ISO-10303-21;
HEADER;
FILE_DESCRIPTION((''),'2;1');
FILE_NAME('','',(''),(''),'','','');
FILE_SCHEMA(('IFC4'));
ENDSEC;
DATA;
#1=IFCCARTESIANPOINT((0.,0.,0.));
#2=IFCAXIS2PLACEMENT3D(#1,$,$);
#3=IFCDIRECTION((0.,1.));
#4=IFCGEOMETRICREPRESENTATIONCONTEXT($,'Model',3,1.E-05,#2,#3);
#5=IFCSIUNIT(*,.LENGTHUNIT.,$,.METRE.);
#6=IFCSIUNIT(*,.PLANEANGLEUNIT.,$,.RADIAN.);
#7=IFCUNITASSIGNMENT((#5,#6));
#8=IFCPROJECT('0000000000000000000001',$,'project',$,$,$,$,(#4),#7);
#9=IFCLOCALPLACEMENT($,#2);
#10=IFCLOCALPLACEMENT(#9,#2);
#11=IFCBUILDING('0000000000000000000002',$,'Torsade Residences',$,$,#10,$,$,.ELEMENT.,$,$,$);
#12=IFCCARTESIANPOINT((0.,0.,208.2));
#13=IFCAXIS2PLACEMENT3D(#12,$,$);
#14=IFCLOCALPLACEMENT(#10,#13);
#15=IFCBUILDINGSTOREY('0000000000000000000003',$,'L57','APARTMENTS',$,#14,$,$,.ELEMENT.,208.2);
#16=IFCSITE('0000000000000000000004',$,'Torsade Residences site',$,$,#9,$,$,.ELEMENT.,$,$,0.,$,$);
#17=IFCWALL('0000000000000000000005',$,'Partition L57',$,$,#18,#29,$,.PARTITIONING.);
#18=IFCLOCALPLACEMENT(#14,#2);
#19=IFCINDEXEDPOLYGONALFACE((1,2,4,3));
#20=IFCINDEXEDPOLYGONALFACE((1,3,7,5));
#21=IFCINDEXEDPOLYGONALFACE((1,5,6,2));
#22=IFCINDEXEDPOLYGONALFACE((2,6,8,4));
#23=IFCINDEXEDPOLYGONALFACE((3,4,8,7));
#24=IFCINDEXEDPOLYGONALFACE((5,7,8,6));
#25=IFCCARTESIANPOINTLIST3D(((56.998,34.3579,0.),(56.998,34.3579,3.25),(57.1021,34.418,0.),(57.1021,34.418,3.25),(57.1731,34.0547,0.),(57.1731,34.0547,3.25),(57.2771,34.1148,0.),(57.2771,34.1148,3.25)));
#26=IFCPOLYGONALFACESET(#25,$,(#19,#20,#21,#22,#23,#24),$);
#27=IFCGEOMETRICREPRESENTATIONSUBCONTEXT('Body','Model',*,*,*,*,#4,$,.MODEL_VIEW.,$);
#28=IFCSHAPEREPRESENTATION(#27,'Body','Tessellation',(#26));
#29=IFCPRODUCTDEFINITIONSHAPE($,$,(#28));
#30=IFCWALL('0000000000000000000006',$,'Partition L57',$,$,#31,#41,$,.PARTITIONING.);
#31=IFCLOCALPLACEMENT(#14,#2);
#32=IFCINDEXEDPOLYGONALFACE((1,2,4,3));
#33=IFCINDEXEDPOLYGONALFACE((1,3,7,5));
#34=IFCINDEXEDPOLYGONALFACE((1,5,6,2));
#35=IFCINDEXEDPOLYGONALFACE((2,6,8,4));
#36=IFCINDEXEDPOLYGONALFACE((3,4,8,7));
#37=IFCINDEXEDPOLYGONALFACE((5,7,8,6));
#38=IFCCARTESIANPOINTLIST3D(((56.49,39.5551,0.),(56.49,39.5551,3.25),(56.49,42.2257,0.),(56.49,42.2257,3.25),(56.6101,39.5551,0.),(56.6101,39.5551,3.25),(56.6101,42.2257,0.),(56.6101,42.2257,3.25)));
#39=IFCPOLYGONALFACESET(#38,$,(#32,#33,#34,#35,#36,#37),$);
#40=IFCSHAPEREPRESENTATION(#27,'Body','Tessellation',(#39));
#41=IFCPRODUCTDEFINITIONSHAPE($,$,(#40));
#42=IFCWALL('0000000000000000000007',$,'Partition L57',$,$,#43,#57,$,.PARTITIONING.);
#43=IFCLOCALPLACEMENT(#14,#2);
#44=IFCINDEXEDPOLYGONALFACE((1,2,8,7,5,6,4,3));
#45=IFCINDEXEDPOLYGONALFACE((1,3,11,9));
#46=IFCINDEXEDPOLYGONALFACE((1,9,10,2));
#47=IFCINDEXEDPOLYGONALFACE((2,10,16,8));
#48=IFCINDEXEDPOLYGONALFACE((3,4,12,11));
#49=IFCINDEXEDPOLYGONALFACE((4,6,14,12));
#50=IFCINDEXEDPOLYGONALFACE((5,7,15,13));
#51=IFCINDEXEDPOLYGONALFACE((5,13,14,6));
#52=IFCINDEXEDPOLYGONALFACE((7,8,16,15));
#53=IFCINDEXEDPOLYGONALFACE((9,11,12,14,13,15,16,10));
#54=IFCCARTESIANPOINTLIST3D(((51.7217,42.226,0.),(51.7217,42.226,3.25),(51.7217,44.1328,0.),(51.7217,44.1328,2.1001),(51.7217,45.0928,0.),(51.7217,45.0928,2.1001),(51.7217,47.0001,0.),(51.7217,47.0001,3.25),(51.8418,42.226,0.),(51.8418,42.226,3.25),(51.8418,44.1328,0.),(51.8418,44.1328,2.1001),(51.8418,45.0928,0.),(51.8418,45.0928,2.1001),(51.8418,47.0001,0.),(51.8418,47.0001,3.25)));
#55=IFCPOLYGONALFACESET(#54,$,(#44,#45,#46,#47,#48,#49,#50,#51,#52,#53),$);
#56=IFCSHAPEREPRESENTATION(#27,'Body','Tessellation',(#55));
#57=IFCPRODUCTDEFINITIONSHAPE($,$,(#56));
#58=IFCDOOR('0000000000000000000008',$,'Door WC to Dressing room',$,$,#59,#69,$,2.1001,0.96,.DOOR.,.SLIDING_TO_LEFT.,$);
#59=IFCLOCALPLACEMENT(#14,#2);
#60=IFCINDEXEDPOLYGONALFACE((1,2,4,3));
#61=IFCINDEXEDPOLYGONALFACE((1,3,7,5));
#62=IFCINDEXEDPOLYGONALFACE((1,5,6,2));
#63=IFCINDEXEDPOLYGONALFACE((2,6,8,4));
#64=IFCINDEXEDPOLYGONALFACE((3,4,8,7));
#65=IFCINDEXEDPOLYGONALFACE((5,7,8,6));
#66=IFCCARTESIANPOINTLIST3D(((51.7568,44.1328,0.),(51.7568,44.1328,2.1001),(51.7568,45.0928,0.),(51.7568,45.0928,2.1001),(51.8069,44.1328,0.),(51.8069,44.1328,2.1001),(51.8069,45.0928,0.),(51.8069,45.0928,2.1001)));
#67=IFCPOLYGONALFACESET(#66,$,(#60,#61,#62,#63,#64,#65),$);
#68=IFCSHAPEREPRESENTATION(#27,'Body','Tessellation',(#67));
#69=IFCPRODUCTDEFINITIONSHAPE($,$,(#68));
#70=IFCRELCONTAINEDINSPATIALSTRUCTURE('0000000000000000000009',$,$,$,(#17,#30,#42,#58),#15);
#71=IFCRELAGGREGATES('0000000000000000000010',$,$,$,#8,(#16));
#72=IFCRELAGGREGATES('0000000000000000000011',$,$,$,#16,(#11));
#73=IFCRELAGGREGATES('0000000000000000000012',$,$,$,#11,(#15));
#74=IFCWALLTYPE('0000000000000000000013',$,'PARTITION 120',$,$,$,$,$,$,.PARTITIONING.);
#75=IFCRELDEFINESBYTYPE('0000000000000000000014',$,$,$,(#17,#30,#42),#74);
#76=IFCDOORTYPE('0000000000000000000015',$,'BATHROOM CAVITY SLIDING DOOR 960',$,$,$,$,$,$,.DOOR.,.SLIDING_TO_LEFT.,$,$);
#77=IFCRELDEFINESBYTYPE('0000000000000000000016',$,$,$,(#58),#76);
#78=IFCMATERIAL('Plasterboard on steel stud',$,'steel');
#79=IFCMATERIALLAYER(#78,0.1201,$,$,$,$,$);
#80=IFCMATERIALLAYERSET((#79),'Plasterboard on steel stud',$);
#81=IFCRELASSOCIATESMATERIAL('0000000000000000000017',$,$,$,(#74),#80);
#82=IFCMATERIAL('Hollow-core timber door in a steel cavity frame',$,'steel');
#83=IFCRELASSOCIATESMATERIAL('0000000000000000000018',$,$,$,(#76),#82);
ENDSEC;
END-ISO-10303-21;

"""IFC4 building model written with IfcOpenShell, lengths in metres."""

from ifc_helpers import new_model, si_unit, direction, frame, frame_2d, origin, place, context, subcontext, project, spatial, rectangle, extrude, material, layer, layer_set, type_object, element, fill, save


model = new_model("IFC4")

# Units and contexts
model_context = context("Model", 3, precision=1e-05, world=origin(), true_north=direction((0.0, 1.0)))
body_context = subcontext(model_context, "Body", "Model", "MODEL_VIEW")
ifc_project = project(units=[si_unit("LENGTHUNIT", "METRE"), si_unit("PLANEANGLEUNIT", "RADIAN")], contexts=[model_context])

# Site, building, storey
site_placement = place(None, origin())
site = spatial("IfcSite", under=ifc_project, at=site_placement, Name="Torsade Residences site", CompositionType="ELEMENT", RefElevation=0.0)
building_placement = place(site_placement, origin())
building = spatial("IfcBuilding", under=site, at=building_placement, Name="Torsade Residences", CompositionType="ELEMENT")
storey_placement = place(building_placement, frame((0.0, 0.0, 208.2)))
storey = spatial("IfcBuildingStorey", under=building, at=storey_placement, Name="L57", Description="APARTMENTS", CompositionType="ELEMENT", Elevation=208.2)

# Shared definitions
ifc_material_1 = material(Name="Plasterboard on steel stud", Category="steel")
ifc_layer_1 = layer(ifc_material_1, 0.1201)
ifc_layer_set_1 = layer_set([ifc_layer_1], Name="Plasterboard on steel stud")
wall_type_1 = type_object("IfcWallType", Name="PARTITION 120", PredefinedType="PARTITIONING", material=ifc_layer_set_1)

# Shared definitions
ifc_material_2 = material(Name="Hollow-core timber door in a steel cavity frame", Category="steel")
door_type_1 = type_object("IfcDoorType", Name="BATHROOM CAVITY SLIDING DOOR 960", OperationType="SLIDING_TO_LEFT", PredefinedType="DOOR", material=ifc_material_2)

# Walls
wall_1_placement = place(storey_placement, frame((57.05, 34.3879, 0.0), z_axis=(0.0, 0.0, 1.0), x_axis=(0.499964, -0.866046, 0.0)))
element("IfcWall", 1, at=wall_1_placement, inside=storey, type_object=wall_type_1, Name="Partition L57", PredefinedType="PARTITIONING", context=body_context, shape_type="SweptSolid", body=[
    extrude(rectangle(XDim=0.3501, YDim=0.1201, at=frame_2d((0.175, 0.0))), origin(), (0.0, 0.0, 1.0), 3.25),
])
wall_2_placement = place(storey_placement, frame((56.55, 42.2258, 0.0), z_axis=(0.0, 0.0, 1.0), x_axis=(0.0, -1.0, 0.0)))
element("IfcWall", 2, at=wall_2_placement, inside=storey, type_object=wall_type_1, Name="Partition L57", PredefinedType="PARTITIONING", context=body_context, shape_type="SweptSolid", body=[
    extrude(rectangle(XDim=2.6707, YDim=0.1201, at=frame_2d((1.3354, 0.0))), origin(), (0.0, 0.0, 1.0), 3.25),
])

# Wall, opening, door
wall_3_placement = place(storey_placement, frame((51.7817, 42.2258, 0.0), z_axis=(0.0, 0.0, 1.0), x_axis=(0.0, 1.0, 0.0)))
wall_3 = element("IfcWall", 3, at=wall_3_placement, inside=storey, type_object=wall_type_1, Name="Partition L57", PredefinedType="PARTITIONING", context=body_context, shape_type="SweptSolid", body=[
    extrude(rectangle(XDim=4.7742, YDim=0.1201, at=frame_2d((2.3872, 0.0))), origin(), (0.0, 0.0, 1.0), 3.25),
])
opening_1_placement = place(wall_3_placement, frame((1.907, 0.0, 0.0)))
opening_1 = element("IfcOpeningElement", 4, at=opening_1_placement, cuts=wall_3, PredefinedType="OPENING", context=body_context, shape_type="SweptSolid", body=[
    extrude(rectangle(XDim=0.96, YDim=2.1001, at=frame_2d((0.48, 1.05))), frame((0.0, 0.0701, 0.0), z_axis=(0.0, -1.0, 0.0), x_axis=(1.0, 0.0, 0.0)), (0.0, 0.0, 1.0), 0.1401),
])
door_1_placement = place(opening_1_placement, origin())
door_1 = element("IfcDoor", 5, at=door_1_placement, inside=storey, type_object=door_type_1, Name="Door WC to Dressing room", OperationType="SLIDING_TO_LEFT", OverallHeight=2.1001, OverallWidth=0.96, PredefinedType="DOOR", context=body_context, shape_type="SweptSolid", body=[
    extrude(rectangle(XDim=0.96, YDim=2.1001, at=frame_2d((0.48, 1.05))), frame((0.0, 0.0249, 0.0), z_axis=(0.0, -1.0, 0.0), x_axis=(1.0, 0.0, 0.0)), (0.0, 0.0, 1.0), 0.05),
])
fill(opening_1, door_1)

save(model, "model.ifc")
